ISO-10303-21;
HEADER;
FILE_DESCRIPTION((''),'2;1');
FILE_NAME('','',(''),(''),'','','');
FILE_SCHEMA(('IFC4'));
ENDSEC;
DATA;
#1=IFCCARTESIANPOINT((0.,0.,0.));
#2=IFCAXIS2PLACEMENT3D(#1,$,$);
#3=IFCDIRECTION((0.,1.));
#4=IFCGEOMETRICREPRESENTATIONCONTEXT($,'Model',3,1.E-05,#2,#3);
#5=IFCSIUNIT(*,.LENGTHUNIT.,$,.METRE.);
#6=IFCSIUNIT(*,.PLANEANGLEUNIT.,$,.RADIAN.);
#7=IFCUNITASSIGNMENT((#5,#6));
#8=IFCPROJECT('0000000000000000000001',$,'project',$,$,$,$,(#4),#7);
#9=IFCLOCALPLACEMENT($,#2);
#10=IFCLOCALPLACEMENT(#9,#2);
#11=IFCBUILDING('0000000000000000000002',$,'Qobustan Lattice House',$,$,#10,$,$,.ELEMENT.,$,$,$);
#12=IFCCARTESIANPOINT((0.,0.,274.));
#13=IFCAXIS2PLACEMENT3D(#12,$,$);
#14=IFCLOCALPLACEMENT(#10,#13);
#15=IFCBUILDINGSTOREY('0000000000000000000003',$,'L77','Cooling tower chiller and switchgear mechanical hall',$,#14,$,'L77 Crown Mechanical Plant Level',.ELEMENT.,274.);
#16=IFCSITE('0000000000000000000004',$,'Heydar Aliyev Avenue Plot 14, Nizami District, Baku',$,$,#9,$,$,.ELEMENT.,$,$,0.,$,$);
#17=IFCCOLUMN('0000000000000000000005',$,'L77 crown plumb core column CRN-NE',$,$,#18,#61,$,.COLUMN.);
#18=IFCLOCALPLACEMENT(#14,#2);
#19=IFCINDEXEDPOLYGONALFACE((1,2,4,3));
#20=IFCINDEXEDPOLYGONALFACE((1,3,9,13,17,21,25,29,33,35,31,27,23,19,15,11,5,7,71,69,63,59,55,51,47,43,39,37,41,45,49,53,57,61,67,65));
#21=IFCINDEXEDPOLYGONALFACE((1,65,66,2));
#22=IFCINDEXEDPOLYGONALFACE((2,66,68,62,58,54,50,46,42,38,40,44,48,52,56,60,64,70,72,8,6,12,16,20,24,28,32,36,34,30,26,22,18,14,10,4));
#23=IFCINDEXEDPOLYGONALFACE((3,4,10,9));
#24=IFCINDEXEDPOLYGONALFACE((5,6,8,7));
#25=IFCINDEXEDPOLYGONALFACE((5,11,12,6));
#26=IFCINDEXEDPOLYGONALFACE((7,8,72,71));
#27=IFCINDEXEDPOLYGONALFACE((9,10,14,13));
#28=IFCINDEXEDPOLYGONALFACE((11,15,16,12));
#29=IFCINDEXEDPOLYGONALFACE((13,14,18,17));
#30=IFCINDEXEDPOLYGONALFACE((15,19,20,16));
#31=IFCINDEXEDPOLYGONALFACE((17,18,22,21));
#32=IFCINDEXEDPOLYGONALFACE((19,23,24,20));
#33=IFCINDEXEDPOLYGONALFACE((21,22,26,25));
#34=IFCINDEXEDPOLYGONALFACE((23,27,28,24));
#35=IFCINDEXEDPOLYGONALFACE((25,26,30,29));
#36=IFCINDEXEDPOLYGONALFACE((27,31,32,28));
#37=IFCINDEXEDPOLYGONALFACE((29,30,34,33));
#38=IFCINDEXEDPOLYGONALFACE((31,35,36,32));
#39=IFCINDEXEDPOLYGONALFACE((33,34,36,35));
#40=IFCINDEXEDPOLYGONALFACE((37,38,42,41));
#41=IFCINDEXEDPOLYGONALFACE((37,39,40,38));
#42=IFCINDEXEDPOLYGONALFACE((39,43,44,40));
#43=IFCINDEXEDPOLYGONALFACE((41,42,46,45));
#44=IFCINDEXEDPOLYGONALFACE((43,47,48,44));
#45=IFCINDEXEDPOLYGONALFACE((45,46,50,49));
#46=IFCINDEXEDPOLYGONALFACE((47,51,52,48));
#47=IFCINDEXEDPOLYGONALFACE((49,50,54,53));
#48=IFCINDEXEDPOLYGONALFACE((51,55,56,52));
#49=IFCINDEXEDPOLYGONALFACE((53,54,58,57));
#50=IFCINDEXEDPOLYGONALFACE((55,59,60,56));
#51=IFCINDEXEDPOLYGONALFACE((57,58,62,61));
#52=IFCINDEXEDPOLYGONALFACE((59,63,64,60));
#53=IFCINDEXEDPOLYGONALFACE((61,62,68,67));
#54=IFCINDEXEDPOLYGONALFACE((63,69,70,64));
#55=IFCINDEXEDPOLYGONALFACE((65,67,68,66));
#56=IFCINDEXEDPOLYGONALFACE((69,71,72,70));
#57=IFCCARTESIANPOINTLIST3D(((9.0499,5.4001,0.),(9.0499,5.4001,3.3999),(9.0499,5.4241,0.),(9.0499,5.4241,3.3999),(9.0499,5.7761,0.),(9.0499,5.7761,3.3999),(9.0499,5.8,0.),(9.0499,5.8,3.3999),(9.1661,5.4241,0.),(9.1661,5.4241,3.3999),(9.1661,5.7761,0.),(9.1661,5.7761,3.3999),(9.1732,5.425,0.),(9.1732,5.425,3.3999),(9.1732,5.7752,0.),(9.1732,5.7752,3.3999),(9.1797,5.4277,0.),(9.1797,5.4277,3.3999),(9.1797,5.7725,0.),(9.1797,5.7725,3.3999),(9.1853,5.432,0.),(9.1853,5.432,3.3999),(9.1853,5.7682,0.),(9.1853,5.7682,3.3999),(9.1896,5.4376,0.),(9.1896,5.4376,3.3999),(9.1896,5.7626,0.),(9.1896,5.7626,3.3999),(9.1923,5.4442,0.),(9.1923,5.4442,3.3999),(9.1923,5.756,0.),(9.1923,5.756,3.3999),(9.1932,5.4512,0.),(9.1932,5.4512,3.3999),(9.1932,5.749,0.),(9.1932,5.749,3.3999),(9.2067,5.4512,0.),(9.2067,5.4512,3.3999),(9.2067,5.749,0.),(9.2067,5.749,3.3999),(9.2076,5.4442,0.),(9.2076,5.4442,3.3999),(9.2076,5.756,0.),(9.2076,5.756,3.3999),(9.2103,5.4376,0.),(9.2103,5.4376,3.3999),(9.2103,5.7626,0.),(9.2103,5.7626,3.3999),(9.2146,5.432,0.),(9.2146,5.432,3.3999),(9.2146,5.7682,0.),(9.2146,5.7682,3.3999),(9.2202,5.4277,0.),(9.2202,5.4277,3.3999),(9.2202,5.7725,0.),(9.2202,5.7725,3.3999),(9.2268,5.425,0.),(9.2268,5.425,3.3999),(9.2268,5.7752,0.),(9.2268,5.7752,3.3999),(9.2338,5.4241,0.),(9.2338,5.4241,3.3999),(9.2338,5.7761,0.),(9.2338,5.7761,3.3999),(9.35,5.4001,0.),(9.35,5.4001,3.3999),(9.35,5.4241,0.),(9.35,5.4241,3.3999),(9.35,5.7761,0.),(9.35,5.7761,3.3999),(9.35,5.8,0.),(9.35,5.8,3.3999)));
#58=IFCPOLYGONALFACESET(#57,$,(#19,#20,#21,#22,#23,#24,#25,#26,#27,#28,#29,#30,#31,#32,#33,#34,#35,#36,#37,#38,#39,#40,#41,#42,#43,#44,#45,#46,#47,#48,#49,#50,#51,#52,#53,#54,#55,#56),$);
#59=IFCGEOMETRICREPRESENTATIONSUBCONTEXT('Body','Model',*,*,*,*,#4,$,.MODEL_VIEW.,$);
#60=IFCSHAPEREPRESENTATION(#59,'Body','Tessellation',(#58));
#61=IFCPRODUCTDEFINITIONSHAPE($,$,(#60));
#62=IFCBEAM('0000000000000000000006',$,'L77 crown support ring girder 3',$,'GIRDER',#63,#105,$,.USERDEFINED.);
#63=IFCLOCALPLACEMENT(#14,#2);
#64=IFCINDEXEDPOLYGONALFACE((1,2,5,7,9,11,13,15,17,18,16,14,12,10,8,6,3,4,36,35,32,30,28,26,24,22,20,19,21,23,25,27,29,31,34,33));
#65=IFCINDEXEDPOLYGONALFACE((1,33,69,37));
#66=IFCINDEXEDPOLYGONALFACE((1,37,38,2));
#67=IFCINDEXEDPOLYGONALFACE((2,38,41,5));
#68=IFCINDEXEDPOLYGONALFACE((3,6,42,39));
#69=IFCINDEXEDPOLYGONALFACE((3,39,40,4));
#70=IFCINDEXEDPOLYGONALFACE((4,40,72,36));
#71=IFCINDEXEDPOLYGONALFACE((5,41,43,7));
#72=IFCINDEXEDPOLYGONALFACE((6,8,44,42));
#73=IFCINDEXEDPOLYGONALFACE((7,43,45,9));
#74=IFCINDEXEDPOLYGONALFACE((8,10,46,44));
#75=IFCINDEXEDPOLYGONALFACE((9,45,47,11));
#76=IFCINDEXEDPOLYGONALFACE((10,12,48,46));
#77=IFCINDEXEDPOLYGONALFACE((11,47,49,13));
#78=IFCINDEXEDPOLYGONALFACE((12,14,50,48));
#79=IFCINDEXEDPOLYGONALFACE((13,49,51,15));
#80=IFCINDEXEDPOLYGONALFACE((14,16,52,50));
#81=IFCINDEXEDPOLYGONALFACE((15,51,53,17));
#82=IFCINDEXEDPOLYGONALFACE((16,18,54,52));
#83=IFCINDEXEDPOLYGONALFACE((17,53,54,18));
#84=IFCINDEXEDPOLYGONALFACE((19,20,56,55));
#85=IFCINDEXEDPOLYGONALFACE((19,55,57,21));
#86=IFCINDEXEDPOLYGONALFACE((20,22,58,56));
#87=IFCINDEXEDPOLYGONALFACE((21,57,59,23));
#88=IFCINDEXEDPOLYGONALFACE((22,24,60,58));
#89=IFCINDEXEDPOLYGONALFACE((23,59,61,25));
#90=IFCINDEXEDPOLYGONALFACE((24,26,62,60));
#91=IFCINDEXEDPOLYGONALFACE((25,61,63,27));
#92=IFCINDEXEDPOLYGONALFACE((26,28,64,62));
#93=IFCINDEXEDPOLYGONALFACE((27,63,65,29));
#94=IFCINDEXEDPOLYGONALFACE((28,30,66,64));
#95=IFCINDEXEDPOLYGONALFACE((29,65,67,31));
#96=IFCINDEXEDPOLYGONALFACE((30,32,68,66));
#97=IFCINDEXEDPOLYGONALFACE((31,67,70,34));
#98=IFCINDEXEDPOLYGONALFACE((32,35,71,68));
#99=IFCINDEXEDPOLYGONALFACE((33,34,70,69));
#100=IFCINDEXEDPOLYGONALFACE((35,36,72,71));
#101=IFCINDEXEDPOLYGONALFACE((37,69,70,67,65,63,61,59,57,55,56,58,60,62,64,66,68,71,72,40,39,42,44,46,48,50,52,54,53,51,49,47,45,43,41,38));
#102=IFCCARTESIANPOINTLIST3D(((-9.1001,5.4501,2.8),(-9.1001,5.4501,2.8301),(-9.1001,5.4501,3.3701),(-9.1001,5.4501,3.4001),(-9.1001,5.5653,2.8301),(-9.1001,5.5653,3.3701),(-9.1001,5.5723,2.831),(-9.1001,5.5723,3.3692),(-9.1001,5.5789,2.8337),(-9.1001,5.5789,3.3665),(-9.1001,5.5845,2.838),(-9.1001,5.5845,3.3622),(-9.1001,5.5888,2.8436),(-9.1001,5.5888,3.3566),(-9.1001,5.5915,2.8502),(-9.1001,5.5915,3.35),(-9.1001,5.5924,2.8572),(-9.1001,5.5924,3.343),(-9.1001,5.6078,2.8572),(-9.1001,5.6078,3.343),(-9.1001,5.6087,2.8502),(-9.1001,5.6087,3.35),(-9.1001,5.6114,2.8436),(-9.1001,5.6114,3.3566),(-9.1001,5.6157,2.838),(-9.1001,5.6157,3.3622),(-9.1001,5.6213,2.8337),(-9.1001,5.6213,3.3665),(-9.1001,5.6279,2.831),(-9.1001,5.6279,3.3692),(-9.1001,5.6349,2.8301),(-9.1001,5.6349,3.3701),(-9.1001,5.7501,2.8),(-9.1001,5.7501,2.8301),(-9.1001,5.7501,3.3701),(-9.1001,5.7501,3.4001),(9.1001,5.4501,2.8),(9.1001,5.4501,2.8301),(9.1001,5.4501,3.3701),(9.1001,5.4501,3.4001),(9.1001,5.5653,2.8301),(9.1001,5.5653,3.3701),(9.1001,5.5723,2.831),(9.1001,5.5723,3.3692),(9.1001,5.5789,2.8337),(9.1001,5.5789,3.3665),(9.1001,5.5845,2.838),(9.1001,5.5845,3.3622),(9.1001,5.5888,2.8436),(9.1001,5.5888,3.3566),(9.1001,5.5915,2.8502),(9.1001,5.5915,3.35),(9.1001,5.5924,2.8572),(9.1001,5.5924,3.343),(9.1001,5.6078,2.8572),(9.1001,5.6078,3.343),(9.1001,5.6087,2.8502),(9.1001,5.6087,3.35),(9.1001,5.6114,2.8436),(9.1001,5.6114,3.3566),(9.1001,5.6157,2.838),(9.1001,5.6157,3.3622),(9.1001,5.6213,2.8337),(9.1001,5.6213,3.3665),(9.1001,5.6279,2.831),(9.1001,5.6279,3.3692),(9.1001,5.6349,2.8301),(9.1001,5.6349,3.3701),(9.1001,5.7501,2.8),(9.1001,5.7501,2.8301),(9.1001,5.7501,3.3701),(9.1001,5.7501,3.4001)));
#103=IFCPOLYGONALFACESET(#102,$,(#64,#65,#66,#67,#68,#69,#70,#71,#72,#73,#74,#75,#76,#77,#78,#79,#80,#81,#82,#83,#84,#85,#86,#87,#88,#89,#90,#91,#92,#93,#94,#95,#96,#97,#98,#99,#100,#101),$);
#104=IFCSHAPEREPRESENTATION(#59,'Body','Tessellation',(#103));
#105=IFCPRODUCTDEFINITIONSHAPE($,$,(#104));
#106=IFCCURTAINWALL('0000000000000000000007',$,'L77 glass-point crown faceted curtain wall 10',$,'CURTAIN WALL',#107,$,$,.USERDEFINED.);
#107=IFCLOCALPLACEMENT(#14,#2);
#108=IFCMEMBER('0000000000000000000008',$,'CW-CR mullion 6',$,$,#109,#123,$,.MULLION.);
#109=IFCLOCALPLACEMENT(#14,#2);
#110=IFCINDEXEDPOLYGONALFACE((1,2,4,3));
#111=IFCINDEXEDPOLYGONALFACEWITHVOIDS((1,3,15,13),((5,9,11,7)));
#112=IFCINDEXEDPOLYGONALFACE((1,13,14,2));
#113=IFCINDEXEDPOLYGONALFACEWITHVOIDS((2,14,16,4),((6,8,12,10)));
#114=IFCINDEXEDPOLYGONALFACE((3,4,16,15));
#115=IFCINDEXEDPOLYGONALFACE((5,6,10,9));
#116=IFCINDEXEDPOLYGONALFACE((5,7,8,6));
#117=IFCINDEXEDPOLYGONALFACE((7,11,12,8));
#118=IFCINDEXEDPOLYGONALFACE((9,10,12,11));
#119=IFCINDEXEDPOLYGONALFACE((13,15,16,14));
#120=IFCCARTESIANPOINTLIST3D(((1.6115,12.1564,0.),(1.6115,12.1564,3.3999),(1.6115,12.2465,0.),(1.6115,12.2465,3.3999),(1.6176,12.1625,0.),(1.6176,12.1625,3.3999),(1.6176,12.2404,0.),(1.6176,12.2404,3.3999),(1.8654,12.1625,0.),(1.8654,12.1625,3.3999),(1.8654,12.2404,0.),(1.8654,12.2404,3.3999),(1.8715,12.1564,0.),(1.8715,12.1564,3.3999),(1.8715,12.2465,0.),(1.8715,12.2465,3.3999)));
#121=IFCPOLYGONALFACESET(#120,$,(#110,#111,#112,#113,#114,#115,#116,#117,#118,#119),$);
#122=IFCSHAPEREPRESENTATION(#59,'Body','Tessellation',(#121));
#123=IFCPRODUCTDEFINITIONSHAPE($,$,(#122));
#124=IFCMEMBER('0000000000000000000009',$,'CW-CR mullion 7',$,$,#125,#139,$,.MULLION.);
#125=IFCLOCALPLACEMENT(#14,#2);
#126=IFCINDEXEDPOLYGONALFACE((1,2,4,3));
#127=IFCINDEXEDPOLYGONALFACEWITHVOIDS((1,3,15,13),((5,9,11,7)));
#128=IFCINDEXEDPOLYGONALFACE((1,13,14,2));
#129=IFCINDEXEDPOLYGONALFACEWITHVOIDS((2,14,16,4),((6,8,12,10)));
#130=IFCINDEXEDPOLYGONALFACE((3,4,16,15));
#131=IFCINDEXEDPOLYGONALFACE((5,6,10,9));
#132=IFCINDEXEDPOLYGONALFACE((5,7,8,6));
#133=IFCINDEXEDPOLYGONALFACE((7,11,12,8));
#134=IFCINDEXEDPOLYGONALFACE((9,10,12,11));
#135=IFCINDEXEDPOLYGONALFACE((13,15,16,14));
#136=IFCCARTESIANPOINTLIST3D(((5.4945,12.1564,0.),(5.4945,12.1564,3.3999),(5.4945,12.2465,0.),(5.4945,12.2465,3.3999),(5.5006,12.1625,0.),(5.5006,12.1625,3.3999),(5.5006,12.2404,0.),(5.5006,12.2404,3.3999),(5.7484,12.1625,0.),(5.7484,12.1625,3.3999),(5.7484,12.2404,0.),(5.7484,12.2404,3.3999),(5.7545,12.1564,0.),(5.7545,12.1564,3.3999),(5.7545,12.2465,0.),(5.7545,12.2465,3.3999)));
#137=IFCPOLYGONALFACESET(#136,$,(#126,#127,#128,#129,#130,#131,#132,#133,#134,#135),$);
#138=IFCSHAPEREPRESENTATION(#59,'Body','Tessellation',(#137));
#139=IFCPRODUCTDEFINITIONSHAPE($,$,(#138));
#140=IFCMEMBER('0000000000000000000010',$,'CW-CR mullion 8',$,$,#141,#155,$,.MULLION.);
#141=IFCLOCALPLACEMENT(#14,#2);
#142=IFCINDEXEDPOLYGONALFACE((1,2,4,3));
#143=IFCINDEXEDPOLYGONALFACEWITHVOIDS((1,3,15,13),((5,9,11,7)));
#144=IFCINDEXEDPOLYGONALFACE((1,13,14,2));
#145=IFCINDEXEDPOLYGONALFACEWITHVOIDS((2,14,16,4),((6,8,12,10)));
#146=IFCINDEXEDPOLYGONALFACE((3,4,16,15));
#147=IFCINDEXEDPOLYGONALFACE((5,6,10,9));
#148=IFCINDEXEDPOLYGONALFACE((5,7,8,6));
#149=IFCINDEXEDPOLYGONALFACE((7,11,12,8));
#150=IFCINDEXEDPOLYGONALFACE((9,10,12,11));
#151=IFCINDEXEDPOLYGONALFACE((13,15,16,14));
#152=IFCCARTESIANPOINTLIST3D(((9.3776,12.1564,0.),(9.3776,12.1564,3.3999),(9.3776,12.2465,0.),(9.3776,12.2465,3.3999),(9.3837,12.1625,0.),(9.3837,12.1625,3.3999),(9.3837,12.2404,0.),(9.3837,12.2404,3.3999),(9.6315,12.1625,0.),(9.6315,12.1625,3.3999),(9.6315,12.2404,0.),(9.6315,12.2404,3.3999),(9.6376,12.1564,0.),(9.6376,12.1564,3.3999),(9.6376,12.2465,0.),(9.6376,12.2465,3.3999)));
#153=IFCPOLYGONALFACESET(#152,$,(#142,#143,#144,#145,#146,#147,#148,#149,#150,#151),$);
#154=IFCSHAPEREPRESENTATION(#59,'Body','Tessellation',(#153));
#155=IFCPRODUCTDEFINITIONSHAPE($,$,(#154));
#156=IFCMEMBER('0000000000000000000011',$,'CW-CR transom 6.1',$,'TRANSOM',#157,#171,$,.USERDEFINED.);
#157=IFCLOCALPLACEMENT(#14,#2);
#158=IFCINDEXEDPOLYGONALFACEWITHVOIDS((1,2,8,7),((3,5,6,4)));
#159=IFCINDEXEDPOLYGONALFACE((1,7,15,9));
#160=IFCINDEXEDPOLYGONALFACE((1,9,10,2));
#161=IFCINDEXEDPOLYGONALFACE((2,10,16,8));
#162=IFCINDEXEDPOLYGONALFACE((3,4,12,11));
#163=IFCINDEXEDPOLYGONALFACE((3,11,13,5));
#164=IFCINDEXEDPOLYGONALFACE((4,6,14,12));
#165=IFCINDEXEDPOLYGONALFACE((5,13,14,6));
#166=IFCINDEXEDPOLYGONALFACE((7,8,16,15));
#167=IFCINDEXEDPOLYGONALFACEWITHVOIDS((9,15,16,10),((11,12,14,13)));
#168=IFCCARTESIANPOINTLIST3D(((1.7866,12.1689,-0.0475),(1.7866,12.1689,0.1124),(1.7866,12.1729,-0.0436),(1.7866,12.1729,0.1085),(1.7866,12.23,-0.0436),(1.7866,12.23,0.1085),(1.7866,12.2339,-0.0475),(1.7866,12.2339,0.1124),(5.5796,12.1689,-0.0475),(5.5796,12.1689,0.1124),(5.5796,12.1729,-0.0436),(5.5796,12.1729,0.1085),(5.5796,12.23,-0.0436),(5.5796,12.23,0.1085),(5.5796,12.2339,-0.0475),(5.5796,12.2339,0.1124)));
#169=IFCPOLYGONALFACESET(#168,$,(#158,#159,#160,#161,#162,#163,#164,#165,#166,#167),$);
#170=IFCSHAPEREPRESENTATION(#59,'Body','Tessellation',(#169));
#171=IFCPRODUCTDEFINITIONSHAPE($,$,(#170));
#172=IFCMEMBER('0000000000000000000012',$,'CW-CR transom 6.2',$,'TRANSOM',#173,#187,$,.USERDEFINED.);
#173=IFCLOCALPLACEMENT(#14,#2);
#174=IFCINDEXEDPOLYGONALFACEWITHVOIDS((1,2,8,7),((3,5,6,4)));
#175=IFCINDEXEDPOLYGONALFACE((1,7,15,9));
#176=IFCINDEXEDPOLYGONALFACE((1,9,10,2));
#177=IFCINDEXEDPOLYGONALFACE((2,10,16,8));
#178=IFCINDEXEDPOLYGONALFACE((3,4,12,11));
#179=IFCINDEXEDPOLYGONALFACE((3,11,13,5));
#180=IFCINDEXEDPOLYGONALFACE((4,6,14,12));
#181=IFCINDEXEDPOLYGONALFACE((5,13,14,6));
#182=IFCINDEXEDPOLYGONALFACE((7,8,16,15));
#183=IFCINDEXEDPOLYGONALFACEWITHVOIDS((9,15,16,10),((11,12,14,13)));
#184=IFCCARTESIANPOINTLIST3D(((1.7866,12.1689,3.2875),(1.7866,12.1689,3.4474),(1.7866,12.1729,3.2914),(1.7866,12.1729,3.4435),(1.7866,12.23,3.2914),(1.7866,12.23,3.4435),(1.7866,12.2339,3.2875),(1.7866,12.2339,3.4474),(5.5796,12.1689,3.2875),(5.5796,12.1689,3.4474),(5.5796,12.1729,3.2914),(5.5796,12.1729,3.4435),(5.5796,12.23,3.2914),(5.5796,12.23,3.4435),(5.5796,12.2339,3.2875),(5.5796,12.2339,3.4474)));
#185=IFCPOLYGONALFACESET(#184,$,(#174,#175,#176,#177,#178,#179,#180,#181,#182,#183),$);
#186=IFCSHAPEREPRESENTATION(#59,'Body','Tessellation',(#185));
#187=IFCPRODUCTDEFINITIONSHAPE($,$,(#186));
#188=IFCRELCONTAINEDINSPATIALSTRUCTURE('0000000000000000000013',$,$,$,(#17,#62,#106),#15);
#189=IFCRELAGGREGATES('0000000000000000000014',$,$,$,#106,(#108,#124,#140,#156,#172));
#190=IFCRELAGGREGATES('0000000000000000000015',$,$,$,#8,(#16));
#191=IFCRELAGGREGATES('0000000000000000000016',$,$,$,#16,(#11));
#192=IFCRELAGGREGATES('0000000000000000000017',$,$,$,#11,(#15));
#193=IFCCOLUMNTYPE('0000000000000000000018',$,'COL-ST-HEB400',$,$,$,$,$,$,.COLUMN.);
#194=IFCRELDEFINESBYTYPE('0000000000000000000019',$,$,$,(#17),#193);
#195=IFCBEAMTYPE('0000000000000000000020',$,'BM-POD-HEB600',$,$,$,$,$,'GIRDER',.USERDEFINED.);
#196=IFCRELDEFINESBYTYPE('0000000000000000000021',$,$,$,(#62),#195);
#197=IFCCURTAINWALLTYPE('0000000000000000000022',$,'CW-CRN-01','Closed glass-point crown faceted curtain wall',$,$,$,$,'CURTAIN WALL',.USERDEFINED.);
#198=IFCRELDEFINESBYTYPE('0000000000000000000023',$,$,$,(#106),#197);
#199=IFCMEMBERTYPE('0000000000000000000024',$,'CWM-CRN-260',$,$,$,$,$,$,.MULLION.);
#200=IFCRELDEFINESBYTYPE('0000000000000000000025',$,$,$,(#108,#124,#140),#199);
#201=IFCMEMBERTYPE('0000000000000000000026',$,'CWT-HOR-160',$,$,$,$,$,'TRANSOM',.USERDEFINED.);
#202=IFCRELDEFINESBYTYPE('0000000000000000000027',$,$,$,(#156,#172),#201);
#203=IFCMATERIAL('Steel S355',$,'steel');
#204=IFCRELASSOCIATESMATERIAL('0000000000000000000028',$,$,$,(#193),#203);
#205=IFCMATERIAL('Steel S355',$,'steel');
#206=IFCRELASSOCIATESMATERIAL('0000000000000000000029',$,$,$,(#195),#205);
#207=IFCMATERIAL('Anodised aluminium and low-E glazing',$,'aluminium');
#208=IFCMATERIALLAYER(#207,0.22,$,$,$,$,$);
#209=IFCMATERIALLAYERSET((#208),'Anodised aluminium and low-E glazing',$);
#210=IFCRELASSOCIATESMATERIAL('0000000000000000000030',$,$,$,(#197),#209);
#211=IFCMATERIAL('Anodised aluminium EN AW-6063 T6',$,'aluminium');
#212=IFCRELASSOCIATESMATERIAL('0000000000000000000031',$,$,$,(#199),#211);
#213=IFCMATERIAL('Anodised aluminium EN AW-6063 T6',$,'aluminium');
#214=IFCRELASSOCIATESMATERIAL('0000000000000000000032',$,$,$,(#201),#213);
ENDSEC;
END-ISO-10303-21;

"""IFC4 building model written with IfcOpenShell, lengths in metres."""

from ifc_helpers import new_model, si_unit, direction, frame, origin, origin_2d, place, context, subcontext, project, spatial, hollow_rectangle, i_section, extrude, material, layer, layer_set, material_profile, profile_set, type_object, element, aggregate, save


model = new_model("IFC4")

# Units and contexts
model_context = context("Model", 3, precision=1e-05, world=origin(), true_north=direction((0.0, 1.0)))
body_context = subcontext(model_context, "Body", "Model", "MODEL_VIEW")
ifc_project = project(units=[si_unit("LENGTHUNIT", "METRE"), si_unit("PLANEANGLEUNIT", "RADIAN")], contexts=[model_context])

# Site, building, storey
site_placement = place(None, origin())
site = spatial("IfcSite", under=ifc_project, at=site_placement, Name="Heydar Aliyev Avenue Plot 14, Nizami District, Baku", CompositionType="ELEMENT", RefElevation=0.0)
building_placement = place(site_placement, origin())
building = spatial("IfcBuilding", under=site, at=building_placement, Name="Qobustan Lattice House", CompositionType="ELEMENT")
storey_placement = place(building_placement, frame((0.0, 0.0, 274.0)))
storey = spatial("IfcBuildingStorey", under=building, at=storey_placement, Name="L77", Description="Cooling tower chiller and switchgear mechanical hall", LongName="L77 Crown Mechanical Plant Level", CompositionType="ELEMENT", Elevation=274.0)

# Column
ifc_material_1 = material(Name="Steel S355", Category="steel")
ifc_material_profile_1 = material_profile(ifc_material_1, i_section(OverallWidth=0.3, OverallDepth=0.3999, WebThickness=0.0134, FlangeThickness=0.0239, FilletRadius=0.0271, at=origin_2d()), Name="HEB400")
ifc_profile_set_1 = profile_set([ifc_material_profile_1], Name="Steel S355")
column_type = type_object("IfcColumnType", Name="COL-ST-HEB400", PredefinedType="COLUMN", material=ifc_profile_set_1)
column_placement = place(storey_placement, frame((9.2, 5.6001, 0.0), z_axis=(0.0, 0.0, 1.0), x_axis=(1.0, 0.0, 0.0)))
element("IfcColumn", 1, at=column_placement, inside=storey, type_object=column_type, Name="L77 crown plumb core column CRN-NE", PredefinedType="COLUMN", context=body_context, shape_type="SweptSolid", body=[
    extrude(i_section(OverallWidth=0.3, OverallDepth=0.3999, WebThickness=0.0134, FlangeThickness=0.0239, FilletRadius=0.0271, at=origin_2d()), origin(), (0.0, 0.0, 1.0), 3.3999),
])

# Beam
ifc_material_2 = material(Name="Steel S355", Category="steel")
ifc_material_profile_2 = material_profile(ifc_material_2, i_section(OverallWidth=0.3, OverallDepth=0.6001, WebThickness=0.0154, FlangeThickness=0.03, FilletRadius=0.0271, at=origin_2d()), Name="HEB600")
ifc_profile_set_2 = profile_set([ifc_material_profile_2], Name="Steel S355")
beam_type = type_object("IfcBeamType", Name="BM-POD-HEB600", ElementType="GIRDER", PredefinedType="USERDEFINED", material=ifc_profile_set_2)
beam_placement = place(storey_placement, frame((9.1001, 5.6001, 3.1001), z_axis=(-1.0, 0.0, 0.0), x_axis=(0.0, -1.0, 0.0)))
element("IfcBeam", 2, at=beam_placement, inside=storey, type_object=beam_type, Name="L77 crown support ring girder 3", ObjectType="GIRDER", PredefinedType="USERDEFINED", context=body_context, shape_type="SweptSolid", body=[
    extrude(i_section(OverallWidth=0.3, OverallDepth=0.6001, WebThickness=0.0154, FlangeThickness=0.03, FilletRadius=0.0271, at=origin_2d()), origin(), (0.0, 0.0, 1.0), 18.2002),
])

# Curtain wall, members
ifc_material_3 = material(Name="Anodised aluminium and low-E glazing", Category="aluminium")
ifc_layer_1 = layer(ifc_material_3, 0.22)
ifc_layer_set_1 = layer_set([ifc_layer_1], Name="Anodised aluminium and low-E glazing")
curtain_wall_type = type_object("IfcCurtainWallType", Name="CW-CRN-01", Description="Closed glass-point crown faceted curtain wall", ElementType="CURTAIN WALL", PredefinedType="USERDEFINED", material=ifc_layer_set_1)
curtain_wall_placement = place(storey_placement, origin())
curtain_wall = element("IfcCurtainWall", 3, at=curtain_wall_placement, inside=storey, type_object=curtain_wall_type, Name="L77 glass-point crown faceted curtain wall 10", ObjectType="CURTAIN WALL", PredefinedType="USERDEFINED")
ifc_material_4 = material(Name="Anodised aluminium EN AW-6063 T6", Category="aluminium")
ifc_material_profile_3 = material_profile(ifc_material_4, hollow_rectangle(XDim=0.0901, YDim=0.26, WallThickness=0.0061, at=origin_2d()), Name="CWM-CROWN-260x90")
ifc_profile_set_3 = profile_set([ifc_material_profile_3], Name="Anodised aluminium EN AW-6063 T6")
member_type_1 = type_object("IfcMemberType", Name="CWM-CRN-260", PredefinedType="MULLION", material=ifc_profile_set_3)
member_1_placement = place(storey_placement, frame((1.7415, 12.2014, 0.0), z_axis=(0.0, 0.0, 1.0), x_axis=(0.0, 1.0, 0.0)))
member_1 = element("IfcMember", 4, at=member_1_placement, type_object=member_type_1, Name="CW-CR mullion 6", PredefinedType="MULLION", context=body_context, shape_type="SweptSolid", body=[
    extrude(hollow_rectangle(XDim=0.0901, YDim=0.26, WallThickness=0.0061, at=origin_2d()), origin(), (0.0, 0.0, 1.0), 3.3999),
])
member_2_placement = place(storey_placement, frame((5.6245, 12.2014, 0.0), z_axis=(0.0, 0.0, 1.0), x_axis=(0.0, 1.0, 0.0)))
member_2 = element("IfcMember", 5, at=member_2_placement, type_object=member_type_1, Name="CW-CR mullion 7", PredefinedType="MULLION", context=body_context, shape_type="SweptSolid", body=[
    extrude(hollow_rectangle(XDim=0.0901, YDim=0.26, WallThickness=0.0061, at=origin_2d()), origin(), (0.0, 0.0, 1.0), 3.3999),
])
member_3_placement = place(storey_placement, frame((9.5076, 12.2014, 0.0), z_axis=(0.0, 0.0, 1.0), x_axis=(0.0, 1.0, 0.0)))
member_3 = element("IfcMember", 6, at=member_3_placement, type_object=member_type_1, Name="CW-CR mullion 8", PredefinedType="MULLION", context=body_context, shape_type="SweptSolid", body=[
    extrude(hollow_rectangle(XDim=0.0901, YDim=0.26, WallThickness=0.0061, at=origin_2d()), origin(), (0.0, 0.0, 1.0), 3.3999),
])
ifc_material_5 = material(Name="Anodised aluminium EN AW-6063 T6", Category="aluminium")
ifc_material_profile_4 = material_profile(ifc_material_5, hollow_rectangle(XDim=0.0649, YDim=0.1599, WallThickness=0.0039, at=origin_2d()), Name="CWT-160x65")
ifc_profile_set_4 = profile_set([ifc_material_profile_4], Name="Anodised aluminium EN AW-6063 T6")
member_type_2 = type_object("IfcMemberType", Name="CWT-HOR-160", ElementType="TRANSOM", PredefinedType="USERDEFINED", material=ifc_profile_set_4)
member_4_placement = place(storey_placement, frame((1.7866, 12.2014, 0.0325), z_axis=(1.0, 0.0, 0.0), x_axis=(0.0, 1.0, 0.0)))
member_4 = element("IfcMember", 7, at=member_4_placement, type_object=member_type_2, Name="CW-CR transom 6.1", ObjectType="TRANSOM", PredefinedType="USERDEFINED", context=body_context, shape_type="SweptSolid", body=[
    extrude(hollow_rectangle(XDim=0.0649, YDim=0.1599, WallThickness=0.0039, at=origin_2d()), origin(), (0.0, 0.0, 1.0), 3.793),
])
member_5_placement = place(storey_placement, frame((1.7866, 12.2014, 3.3674), z_axis=(1.0, 0.0, 0.0), x_axis=(0.0, 1.0, 0.0)))
member_5 = element("IfcMember", 8, at=member_5_placement, type_object=member_type_2, Name="CW-CR transom 6.2", ObjectType="TRANSOM", PredefinedType="USERDEFINED", context=body_context, shape_type="SweptSolid", body=[
    extrude(hollow_rectangle(XDim=0.0649, YDim=0.1599, WallThickness=0.0039, at=origin_2d()), origin(), (0.0, 0.0, 1.0), 3.793),
])

aggregate(curtain_wall, [member_1, member_2, member_3, member_4, member_5])

save(model, "model.ifc")
